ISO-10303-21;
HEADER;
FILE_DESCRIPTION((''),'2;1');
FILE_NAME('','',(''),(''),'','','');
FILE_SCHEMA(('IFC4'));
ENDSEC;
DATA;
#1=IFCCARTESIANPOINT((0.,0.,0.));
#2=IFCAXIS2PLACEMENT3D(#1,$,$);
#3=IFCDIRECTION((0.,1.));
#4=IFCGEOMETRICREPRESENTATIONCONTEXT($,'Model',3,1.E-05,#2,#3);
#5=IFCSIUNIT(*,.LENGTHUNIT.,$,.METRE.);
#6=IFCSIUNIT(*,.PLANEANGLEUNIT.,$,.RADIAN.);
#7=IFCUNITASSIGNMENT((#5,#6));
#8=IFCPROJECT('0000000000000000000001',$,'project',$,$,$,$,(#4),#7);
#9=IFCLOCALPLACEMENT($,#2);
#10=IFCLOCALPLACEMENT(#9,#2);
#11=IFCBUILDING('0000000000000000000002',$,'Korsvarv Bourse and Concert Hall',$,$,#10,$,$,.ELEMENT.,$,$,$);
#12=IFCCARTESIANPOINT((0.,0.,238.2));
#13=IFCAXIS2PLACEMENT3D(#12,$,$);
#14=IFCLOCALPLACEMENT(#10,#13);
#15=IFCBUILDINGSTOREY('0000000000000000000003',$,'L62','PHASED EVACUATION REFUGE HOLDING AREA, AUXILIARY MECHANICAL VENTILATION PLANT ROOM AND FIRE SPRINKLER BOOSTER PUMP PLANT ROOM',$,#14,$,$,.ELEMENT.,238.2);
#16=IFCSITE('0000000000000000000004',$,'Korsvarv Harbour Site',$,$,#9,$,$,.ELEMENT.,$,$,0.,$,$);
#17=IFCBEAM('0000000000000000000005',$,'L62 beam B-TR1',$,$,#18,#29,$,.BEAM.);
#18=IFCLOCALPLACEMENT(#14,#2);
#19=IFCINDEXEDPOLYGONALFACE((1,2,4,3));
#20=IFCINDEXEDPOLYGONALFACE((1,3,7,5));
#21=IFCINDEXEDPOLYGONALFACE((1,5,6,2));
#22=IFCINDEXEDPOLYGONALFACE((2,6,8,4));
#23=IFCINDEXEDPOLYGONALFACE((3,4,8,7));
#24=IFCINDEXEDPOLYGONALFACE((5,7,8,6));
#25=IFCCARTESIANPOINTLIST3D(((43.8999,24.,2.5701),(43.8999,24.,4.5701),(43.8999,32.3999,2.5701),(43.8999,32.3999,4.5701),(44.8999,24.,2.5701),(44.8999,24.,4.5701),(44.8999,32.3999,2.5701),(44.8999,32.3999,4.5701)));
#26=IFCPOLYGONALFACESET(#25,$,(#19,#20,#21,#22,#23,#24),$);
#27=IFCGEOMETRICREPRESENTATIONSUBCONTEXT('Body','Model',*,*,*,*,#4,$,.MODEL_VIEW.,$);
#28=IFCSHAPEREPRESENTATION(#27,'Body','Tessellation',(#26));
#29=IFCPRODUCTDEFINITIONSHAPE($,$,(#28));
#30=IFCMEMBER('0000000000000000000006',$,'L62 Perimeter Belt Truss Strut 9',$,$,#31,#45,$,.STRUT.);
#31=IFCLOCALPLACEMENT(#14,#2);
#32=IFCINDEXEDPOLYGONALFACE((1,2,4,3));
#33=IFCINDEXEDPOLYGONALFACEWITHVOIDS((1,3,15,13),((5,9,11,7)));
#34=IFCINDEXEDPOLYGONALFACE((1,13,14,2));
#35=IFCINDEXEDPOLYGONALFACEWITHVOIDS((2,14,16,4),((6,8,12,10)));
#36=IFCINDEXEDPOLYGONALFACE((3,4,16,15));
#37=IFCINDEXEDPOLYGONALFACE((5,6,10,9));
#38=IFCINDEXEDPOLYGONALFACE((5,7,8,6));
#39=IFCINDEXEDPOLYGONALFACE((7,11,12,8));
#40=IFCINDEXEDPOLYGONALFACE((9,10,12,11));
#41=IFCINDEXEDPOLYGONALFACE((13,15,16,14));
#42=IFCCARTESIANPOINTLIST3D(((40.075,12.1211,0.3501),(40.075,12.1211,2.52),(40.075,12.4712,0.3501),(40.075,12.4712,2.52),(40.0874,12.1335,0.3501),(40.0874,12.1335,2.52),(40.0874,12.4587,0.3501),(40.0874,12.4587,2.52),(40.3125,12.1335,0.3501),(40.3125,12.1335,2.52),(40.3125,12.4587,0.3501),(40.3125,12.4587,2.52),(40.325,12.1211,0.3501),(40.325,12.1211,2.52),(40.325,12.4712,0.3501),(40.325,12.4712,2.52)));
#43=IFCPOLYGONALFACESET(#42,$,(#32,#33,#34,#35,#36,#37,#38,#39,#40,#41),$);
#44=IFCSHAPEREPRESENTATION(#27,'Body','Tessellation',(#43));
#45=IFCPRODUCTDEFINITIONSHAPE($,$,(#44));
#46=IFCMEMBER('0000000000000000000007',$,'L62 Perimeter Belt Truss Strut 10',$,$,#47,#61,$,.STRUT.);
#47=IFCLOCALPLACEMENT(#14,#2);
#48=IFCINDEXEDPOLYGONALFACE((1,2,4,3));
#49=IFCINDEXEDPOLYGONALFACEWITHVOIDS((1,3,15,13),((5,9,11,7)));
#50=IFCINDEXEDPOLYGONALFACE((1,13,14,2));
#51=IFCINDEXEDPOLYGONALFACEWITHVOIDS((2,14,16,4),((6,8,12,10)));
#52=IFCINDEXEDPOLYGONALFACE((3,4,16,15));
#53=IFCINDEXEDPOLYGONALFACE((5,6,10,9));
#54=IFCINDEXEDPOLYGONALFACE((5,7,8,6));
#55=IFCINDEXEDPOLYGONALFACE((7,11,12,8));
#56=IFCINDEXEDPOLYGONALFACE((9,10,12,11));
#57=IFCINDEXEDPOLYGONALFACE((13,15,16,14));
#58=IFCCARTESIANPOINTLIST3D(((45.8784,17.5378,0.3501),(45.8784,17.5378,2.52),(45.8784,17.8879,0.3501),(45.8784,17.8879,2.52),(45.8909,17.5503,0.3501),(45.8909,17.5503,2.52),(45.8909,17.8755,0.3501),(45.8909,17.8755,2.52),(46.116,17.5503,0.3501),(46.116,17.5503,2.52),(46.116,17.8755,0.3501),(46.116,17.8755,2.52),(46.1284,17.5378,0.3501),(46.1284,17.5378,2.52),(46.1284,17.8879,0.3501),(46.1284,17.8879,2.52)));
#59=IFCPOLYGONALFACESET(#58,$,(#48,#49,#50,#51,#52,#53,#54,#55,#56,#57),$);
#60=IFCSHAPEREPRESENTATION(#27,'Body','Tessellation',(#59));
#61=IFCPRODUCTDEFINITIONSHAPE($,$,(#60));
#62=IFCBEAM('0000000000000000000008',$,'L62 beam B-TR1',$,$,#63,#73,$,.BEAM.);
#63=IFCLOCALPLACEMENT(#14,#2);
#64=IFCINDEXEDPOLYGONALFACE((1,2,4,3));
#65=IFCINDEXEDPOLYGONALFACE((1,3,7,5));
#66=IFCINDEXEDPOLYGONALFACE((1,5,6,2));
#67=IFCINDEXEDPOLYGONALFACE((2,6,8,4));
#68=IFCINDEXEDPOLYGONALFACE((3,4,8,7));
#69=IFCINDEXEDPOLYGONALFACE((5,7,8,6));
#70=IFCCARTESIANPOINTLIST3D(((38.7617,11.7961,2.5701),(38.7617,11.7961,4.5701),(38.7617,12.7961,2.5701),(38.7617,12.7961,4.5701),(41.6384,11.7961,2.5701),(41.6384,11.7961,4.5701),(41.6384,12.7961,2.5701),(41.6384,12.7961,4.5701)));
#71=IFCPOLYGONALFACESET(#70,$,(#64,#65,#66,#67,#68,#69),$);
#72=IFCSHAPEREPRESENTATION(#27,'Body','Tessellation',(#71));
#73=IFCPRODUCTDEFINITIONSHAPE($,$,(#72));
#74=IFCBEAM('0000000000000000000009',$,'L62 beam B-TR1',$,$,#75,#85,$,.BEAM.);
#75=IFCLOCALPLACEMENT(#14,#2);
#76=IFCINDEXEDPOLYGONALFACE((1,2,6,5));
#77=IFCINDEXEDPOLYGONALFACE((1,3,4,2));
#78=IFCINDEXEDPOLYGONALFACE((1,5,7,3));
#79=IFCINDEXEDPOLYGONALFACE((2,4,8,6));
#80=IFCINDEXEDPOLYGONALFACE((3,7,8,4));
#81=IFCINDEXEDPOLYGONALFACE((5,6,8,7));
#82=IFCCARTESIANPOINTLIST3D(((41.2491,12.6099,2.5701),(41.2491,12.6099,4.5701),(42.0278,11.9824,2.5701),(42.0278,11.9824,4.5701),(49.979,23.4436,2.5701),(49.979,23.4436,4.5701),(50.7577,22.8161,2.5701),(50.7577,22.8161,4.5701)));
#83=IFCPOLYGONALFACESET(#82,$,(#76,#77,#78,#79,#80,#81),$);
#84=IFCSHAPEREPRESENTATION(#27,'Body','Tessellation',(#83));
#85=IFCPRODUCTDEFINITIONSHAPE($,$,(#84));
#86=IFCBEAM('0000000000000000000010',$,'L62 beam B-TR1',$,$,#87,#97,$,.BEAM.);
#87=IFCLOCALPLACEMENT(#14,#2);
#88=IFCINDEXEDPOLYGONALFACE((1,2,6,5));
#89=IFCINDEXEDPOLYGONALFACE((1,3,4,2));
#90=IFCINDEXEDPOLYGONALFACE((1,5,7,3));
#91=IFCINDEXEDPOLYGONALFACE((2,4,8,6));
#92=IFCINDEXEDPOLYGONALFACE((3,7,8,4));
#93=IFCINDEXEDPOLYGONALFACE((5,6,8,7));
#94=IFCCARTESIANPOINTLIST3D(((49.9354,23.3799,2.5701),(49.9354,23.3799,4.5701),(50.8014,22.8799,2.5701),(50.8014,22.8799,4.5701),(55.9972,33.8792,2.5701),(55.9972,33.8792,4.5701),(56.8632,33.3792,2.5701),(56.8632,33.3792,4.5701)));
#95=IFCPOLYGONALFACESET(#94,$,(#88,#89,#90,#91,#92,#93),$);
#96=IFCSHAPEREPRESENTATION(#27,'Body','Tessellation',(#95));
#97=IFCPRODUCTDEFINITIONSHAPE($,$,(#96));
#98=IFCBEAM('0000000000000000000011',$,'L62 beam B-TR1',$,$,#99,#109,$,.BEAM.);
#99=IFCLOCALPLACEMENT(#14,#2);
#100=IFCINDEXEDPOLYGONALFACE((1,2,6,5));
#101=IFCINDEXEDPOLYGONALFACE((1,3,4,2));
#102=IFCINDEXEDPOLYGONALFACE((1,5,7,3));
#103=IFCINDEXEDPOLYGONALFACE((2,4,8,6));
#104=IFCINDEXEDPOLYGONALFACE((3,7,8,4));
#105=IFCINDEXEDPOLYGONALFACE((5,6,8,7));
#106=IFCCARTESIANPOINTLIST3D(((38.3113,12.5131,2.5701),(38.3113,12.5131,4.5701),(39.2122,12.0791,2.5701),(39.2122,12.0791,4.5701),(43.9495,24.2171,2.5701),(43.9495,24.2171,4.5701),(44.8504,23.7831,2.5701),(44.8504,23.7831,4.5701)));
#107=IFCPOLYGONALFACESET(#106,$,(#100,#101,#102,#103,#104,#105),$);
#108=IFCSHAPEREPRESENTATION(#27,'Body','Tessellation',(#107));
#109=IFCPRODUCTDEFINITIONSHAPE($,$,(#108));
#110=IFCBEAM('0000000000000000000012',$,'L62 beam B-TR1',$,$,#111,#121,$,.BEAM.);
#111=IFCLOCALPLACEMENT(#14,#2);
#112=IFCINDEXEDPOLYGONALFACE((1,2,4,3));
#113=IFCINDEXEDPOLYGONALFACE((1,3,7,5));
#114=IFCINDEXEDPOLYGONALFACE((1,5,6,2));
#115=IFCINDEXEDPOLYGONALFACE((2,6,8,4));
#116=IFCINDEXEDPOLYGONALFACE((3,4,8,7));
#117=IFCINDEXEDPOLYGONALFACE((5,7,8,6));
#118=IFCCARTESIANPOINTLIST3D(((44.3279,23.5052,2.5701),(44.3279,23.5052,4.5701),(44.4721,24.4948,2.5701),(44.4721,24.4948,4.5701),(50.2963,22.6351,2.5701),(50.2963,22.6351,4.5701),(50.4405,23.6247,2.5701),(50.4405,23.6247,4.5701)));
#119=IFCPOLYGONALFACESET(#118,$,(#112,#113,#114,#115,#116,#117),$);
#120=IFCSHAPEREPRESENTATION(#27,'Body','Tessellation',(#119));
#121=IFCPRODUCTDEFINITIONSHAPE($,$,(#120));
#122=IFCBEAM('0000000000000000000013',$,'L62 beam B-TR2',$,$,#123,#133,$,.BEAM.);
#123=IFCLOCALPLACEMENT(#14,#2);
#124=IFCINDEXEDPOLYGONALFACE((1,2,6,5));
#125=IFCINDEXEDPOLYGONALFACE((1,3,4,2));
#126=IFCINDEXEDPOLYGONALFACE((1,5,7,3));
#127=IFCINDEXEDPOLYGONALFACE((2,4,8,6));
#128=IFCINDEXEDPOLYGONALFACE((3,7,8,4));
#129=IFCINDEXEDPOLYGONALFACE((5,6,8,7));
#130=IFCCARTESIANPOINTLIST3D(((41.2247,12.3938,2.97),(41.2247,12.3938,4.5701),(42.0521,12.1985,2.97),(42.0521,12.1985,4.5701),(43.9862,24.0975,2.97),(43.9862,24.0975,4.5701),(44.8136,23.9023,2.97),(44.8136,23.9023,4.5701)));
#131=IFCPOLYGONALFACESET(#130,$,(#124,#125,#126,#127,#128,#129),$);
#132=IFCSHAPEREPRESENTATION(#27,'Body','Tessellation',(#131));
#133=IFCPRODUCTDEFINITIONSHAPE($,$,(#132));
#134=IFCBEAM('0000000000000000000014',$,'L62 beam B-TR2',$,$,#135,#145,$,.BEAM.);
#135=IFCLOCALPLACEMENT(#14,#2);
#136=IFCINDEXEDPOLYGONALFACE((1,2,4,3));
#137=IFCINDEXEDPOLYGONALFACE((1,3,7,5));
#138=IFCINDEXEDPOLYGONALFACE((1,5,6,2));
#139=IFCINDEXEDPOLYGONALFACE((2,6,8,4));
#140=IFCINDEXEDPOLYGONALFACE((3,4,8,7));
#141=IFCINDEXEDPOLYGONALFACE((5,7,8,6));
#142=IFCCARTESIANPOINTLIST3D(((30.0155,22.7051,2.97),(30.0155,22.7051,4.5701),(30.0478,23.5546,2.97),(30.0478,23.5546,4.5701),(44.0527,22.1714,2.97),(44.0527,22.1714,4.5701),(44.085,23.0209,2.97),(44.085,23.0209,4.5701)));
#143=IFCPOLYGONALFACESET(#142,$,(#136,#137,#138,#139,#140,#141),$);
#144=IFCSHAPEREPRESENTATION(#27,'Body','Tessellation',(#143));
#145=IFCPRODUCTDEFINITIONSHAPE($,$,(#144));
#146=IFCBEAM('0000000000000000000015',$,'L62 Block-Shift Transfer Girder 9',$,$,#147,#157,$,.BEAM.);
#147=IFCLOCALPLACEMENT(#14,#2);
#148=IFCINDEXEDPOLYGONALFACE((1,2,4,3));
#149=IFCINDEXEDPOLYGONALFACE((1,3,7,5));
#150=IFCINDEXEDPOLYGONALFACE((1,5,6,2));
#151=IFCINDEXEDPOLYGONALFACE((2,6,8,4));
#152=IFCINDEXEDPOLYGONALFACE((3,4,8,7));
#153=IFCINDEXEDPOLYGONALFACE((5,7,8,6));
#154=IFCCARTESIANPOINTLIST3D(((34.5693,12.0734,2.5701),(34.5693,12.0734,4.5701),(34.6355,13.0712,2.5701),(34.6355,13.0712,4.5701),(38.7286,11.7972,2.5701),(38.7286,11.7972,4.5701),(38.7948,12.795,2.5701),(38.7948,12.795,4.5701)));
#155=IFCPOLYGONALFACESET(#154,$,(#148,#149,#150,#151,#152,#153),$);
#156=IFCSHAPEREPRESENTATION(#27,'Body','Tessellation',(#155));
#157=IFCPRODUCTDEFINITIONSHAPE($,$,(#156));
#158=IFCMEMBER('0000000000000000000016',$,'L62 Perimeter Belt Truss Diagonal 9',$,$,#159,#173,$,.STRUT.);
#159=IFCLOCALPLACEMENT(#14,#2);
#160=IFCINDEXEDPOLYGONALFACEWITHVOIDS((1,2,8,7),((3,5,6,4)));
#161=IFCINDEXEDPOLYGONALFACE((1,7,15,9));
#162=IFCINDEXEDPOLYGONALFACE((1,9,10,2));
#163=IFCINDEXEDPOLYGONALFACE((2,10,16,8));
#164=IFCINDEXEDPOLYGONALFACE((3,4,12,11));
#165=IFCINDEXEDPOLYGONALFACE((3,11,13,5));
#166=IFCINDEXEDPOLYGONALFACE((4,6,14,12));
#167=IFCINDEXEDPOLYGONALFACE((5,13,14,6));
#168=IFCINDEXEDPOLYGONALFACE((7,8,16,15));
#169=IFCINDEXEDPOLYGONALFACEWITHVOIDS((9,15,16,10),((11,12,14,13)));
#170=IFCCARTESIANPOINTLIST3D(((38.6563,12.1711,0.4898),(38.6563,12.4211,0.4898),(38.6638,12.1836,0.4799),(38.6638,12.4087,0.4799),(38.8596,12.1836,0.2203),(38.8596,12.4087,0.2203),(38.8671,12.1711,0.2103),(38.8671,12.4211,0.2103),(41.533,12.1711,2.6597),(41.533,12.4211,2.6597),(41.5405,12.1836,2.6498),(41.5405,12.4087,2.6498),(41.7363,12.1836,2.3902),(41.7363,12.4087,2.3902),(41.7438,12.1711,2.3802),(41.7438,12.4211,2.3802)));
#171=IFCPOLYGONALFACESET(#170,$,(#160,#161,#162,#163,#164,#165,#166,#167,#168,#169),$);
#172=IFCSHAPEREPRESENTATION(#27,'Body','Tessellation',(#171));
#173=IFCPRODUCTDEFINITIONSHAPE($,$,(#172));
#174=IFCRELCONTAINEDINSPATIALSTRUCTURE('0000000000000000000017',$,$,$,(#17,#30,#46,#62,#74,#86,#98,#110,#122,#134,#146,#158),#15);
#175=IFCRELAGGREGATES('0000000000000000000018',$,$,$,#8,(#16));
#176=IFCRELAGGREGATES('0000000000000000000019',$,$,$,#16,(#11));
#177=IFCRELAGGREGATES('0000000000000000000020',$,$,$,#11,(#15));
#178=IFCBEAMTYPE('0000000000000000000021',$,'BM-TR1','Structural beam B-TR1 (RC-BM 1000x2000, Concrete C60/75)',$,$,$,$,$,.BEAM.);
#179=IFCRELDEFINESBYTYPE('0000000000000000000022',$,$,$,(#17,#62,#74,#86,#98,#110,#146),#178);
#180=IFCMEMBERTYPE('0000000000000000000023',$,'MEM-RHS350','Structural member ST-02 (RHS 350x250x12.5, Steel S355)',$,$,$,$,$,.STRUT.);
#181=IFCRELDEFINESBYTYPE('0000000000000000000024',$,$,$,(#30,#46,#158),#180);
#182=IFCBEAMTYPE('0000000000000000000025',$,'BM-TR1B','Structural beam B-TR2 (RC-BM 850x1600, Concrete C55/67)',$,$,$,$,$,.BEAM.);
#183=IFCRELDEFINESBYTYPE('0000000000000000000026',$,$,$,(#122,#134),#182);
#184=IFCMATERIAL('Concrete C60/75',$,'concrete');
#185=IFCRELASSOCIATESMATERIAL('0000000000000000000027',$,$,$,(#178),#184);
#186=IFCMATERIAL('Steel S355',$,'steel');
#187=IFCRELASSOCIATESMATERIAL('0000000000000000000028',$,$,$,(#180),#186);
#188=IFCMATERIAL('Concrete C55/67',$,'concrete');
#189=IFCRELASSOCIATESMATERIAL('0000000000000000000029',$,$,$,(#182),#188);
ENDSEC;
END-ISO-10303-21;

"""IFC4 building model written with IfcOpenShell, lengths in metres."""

from ifc_helpers import new_model, si_unit, direction, frame, origin, origin_2d, place, context, subcontext, project, spatial, rectangle, hollow_rectangle, extrude, source, transform, mapped, material, material_profile, profile_set, type_object, element, save


model = new_model("IFC4")

# Units and contexts
model_context = context("Model", 3, precision=1e-05, world=origin(), true_north=direction((0.0, 1.0)))
body_context = subcontext(model_context, "Body", "Model", "MODEL_VIEW")
ifc_project = project(units=[si_unit("LENGTHUNIT", "METRE"), si_unit("PLANEANGLEUNIT", "RADIAN")], contexts=[model_context])

# Site, building, storey
site_placement = place(None, origin())
site = spatial("IfcSite", under=ifc_project, at=site_placement, Name="Korsvarv Harbour Site", CompositionType="ELEMENT", RefElevation=0.0)
building_placement = place(site_placement, origin())
building = spatial("IfcBuilding", under=site, at=building_placement, Name="Korsvarv Bourse and Concert Hall", CompositionType="ELEMENT")
storey_placement = place(building_placement, frame((0.0, 0.0, 238.2)))
storey = spatial("IfcBuildingStorey", under=building, at=storey_placement, Name="L62", Description="PHASED EVACUATION REFUGE HOLDING AREA, AUXILIARY MECHANICAL VENTILATION PLANT ROOM AND FIRE SPRINKLER BOOSTER PUMP PLANT ROOM", CompositionType="ELEMENT", Elevation=238.2)

# Shared definitions
ifc_material_1 = material(Name="Steel S355", Category="steel")

# Beam
ifc_material_2 = material(Name="Concrete C60/75", Category="concrete")
ifc_material_profile_1 = material_profile(ifc_material_2, rectangle(XDim=1.0, YDim=2.0, at=origin_2d()), Name="RC-BM 1000x2000")
ifc_profile_set_1 = profile_set([ifc_material_profile_1], Name="Concrete C60/75")
beam_type_1 = type_object("IfcBeamType", Name="BM-TR1", Description="Structural beam B-TR1 (RC-BM 1000x2000, Concrete C60/75)", PredefinedType="BEAM", material=ifc_profile_set_1)
shared_shape_1 = source(origin(), body_context, "Body", "SweptSolid", [
    extrude(rectangle(XDim=1.0, YDim=2.0, at=origin_2d()), origin(), (0.0, 0.0, 1.0), 8.3999),
])
beam_1_placement = place(storey_placement, frame((44.3999, 24.0, 3.5701), z_axis=(0.0, 1.0, 0.0), x_axis=(-1.0, 0.0, 0.0)))
element("IfcBeam", 1, at=beam_1_placement, inside=storey, type_object=beam_type_1, Name="L62 beam B-TR1", PredefinedType="BEAM", context=body_context, shape_type="MappedRepresentation", body=[
    mapped(shared_shape_1, transform((0.0, 0.0, 0.0), scale=1.0)),
])

# Members
ifc_material_profile_2 = material_profile(ifc_material_1, hollow_rectangle(XDim=0.25, YDim=0.3501, WallThickness=0.0125, at=origin_2d()), Name="RHS 350x250x12.5")
ifc_profile_set_2 = profile_set([ifc_material_profile_2], Name="Steel S355")
member_type = type_object("IfcMemberType", Name="MEM-RHS350", Description="Structural member ST-02 (RHS 350x250x12.5, Steel S355)", PredefinedType="STRUT", material=ifc_profile_set_2)
shared_shape_2 = source(origin(), body_context, "Body", "SweptSolid", [
    extrude(hollow_rectangle(XDim=0.25, YDim=0.3501, WallThickness=0.0125, at=origin_2d()), origin(), (0.0, 0.0, 1.0), 2.1699),
])
for number, where, z_axis, x_axis, name in (
    (2, (40.2, 12.2961, 0.3501), (0.0, 0.0, 1.0), (1.0, 0.0, 0.0), "L62 Perimeter Belt Truss Strut 9"),
    (3, (46.0034, 17.7129, 0.3501), (0.0, 0.0, 1.0), (1.0, 0.0, 0.0), "L62 Perimeter Belt Truss Strut 10"),
):
    element("IfcMember", number, at=place(storey_placement, frame(where, z_axis=z_axis, x_axis=x_axis)), inside=storey, type_object=member_type, Name=name, PredefinedType="STRUT", context=body_context, shape_type="MappedRepresentation", body=[
        mapped(shared_shape_2, transform((0.0, 0.0, 0.0), scale=1.0)),
    ])

# Beams
shared_shape_3 = source(origin(), body_context, "Body", "SweptSolid", [
    extrude(rectangle(XDim=1.0, YDim=2.0, at=origin_2d()), origin(), (0.0, 0.0, 1.0), 2.8767),
])
beam_2_placement = place(storey_placement, frame((38.7617, 12.2961, 3.5701), z_axis=(1.0, 0.0, 0.0), x_axis=(0.0, 1.0, 0.0)))
element("IfcBeam", 4, at=beam_2_placement, inside=storey, type_object=beam_type_1, Name="L62 beam B-TR1", PredefinedType="BEAM", context=body_context, shape_type="MappedRepresentation", body=[
    mapped(shared_shape_3, transform((0.0, 0.0, 0.0), scale=1.0)),
])
shared_shape_4 = source(origin(), body_context, "Body", "SweptSolid", [
    extrude(rectangle(XDim=1.0, YDim=2.0, at=origin_2d()), origin(), (0.0, 0.0, 1.0), 13.9133),
])
beam_3_placement = place(storey_placement, frame((41.6384, 12.2961, 3.5701), z_axis=(0.627452, 0.778656, 0.0), x_axis=(-0.778656, 0.627452, 0.0)))
element("IfcBeam", 5, at=beam_3_placement, inside=storey, type_object=beam_type_1, Name="L62 beam B-TR1", PredefinedType="BEAM", context=body_context, shape_type="MappedRepresentation", body=[
    mapped(shared_shape_4, transform((0.0, 0.0, 0.0), scale=1.0)),
])
shared_shape_5 = source(origin(), body_context, "Body", "SweptSolid", [
    extrude(rectangle(XDim=1.0, YDim=2.0, at=origin_2d()), origin(), (0.0, 0.0, 1.0), 12.1235),
])
beam_4_placement = place(storey_placement, frame((50.3684, 23.1299, 3.5701), z_axis=(0.500001, 0.866025, 0.0), x_axis=(-0.866025, 0.500001, 0.0)))
element("IfcBeam", 6, at=beam_4_placement, inside=storey, type_object=beam_type_1, Name="L62 beam B-TR1", PredefinedType="BEAM", context=body_context, shape_type="MappedRepresentation", body=[
    mapped(shared_shape_5, transform((0.0, 0.0, 0.0), scale=1.0)),
])
shared_shape_6 = source(origin(), body_context, "Body", "SweptSolid", [
    extrude(rectangle(XDim=1.0, YDim=2.0, at=origin_2d()), origin(), (0.0, 0.0, 1.0), 12.9912),
])
beam_5_placement = place(storey_placement, frame((38.7617, 12.2961, 3.5701), z_axis=(0.434003, 0.900912, 0.0), x_axis=(-0.900912, 0.434003, 0.0)))
element("IfcBeam", 7, at=beam_5_placement, inside=storey, type_object=beam_type_1, Name="L62 beam B-TR1", PredefinedType="BEAM", context=body_context, shape_type="MappedRepresentation", body=[
    mapped(shared_shape_6, transform((0.0, 0.0, 0.0), scale=1.0)),
])
shared_shape_7 = source(origin(), body_context, "Body", "SweptSolid", [
    extrude(rectangle(XDim=1.0, YDim=2.0, at=origin_2d()), origin(), (0.0, 0.0, 1.0), 6.0315),
])
beam_6_placement = place(storey_placement, frame((50.3684, 23.1299, 3.5701), z_axis=(-0.98954, 0.14426, 0.0), x_axis=(-0.14426, -0.98954, 0.0)))
element("IfcBeam", 8, at=beam_6_placement, inside=storey, type_object=beam_type_1, Name="L62 beam B-TR1", PredefinedType="BEAM", context=body_context, shape_type="MappedRepresentation", body=[
    mapped(shared_shape_7, transform((0.0, 0.0, 0.0), scale=1.0)),
])
ifc_material_3 = material(Name="Concrete C55/67", Category="concrete")
ifc_material_profile_3 = material_profile(ifc_material_3, rectangle(XDim=0.8501, YDim=1.6001, at=origin_2d()), Name="RC-BM 850x1600")
ifc_profile_set_3 = profile_set([ifc_material_profile_3], Name="Concrete C55/67")
beam_type_2 = type_object("IfcBeamType", Name="BM-TR1B", Description="Structural beam B-TR2 (RC-BM 850x1600, Concrete C55/67)", PredefinedType="BEAM", material=ifc_profile_set_3)
shared_shape_8 = source(origin(), body_context, "Body", "SweptSolid", [
    extrude(rectangle(XDim=0.8501, YDim=1.6001, at=origin_2d()), origin(), (0.0, 0.0, 1.0), 12.0251),
])
beam_7_placement = place(storey_placement, frame((41.6384, 12.2961, 3.77), z_axis=(0.22964, 0.973276, 0.0), x_axis=(-0.973276, 0.22964, 0.0)))
element("IfcBeam", 9, at=beam_7_placement, inside=storey, type_object=beam_type_2, Name="L62 beam B-TR2", PredefinedType="BEAM", context=body_context, shape_type="MappedRepresentation", body=[
    mapped(shared_shape_8, transform((0.0, 0.0, 0.0), scale=1.0)),
])
shared_shape_9 = source(origin(), body_context, "Body", "SweptSolid", [
    extrude(rectangle(XDim=0.8501, YDim=1.6001, at=origin_2d()), origin(), (0.0, 0.0, 1.0), 14.0474),
])
beam_8_placement = place(storey_placement, frame((44.0688, 22.5962, 3.77), z_axis=(-0.999278, 0.037993, 0.0), x_axis=(-0.037993, -0.999278, 0.0)))
element("IfcBeam", 10, at=beam_8_placement, inside=storey, type_object=beam_type_2, Name="L62 beam B-TR2", PredefinedType="BEAM", context=body_context, shape_type="MappedRepresentation", body=[
    mapped(shared_shape_9, transform((0.0, 0.0, 0.0), scale=1.0)),
])
shared_shape_10 = source(origin(), body_context, "Body", "SweptSolid", [
    extrude(rectangle(XDim=1.0, YDim=2.0, at=origin_2d()), origin(), (0.0, 0.0, 1.0), 4.1685),
])
beam_9_placement = place(storey_placement, frame((38.7617, 12.2961, 3.5701), z_axis=(-0.997804, 0.066243, 0.0), x_axis=(-0.066243, -0.997804, 0.0)))
element("IfcBeam", 11, at=beam_9_placement, inside=storey, type_object=beam_type_1, Name="L62 Block-Shift Transfer Girder 9", PredefinedType="BEAM", context=body_context, shape_type="MappedRepresentation", body=[
    mapped(shared_shape_10, transform((0.0, 0.0, 0.0), scale=1.0)),
])

# Member
shared_shape_11 = source(origin(), body_context, "Body", "SweptSolid", [
    extrude(hollow_rectangle(XDim=0.25, YDim=0.3501, WallThickness=0.0125, at=origin_2d()), origin(), (0.0, 0.0, 1.0), 3.6033),
])
member_1_placement = place(storey_placement, frame((38.7617, 12.2961, 0.3501), z_axis=(0.798346, 0.0, 0.602198), x_axis=(0.0, 1.0, 0.0)))
element("IfcMember", 12, at=member_1_placement, inside=storey, type_object=member_type, Name="L62 Perimeter Belt Truss Diagonal 9", PredefinedType="STRUT", context=body_context, shape_type="MappedRepresentation", body=[
    mapped(shared_shape_11, transform((0.0, 0.0, 0.0), scale=1.0)),
])

save(model, "model.ifc")
